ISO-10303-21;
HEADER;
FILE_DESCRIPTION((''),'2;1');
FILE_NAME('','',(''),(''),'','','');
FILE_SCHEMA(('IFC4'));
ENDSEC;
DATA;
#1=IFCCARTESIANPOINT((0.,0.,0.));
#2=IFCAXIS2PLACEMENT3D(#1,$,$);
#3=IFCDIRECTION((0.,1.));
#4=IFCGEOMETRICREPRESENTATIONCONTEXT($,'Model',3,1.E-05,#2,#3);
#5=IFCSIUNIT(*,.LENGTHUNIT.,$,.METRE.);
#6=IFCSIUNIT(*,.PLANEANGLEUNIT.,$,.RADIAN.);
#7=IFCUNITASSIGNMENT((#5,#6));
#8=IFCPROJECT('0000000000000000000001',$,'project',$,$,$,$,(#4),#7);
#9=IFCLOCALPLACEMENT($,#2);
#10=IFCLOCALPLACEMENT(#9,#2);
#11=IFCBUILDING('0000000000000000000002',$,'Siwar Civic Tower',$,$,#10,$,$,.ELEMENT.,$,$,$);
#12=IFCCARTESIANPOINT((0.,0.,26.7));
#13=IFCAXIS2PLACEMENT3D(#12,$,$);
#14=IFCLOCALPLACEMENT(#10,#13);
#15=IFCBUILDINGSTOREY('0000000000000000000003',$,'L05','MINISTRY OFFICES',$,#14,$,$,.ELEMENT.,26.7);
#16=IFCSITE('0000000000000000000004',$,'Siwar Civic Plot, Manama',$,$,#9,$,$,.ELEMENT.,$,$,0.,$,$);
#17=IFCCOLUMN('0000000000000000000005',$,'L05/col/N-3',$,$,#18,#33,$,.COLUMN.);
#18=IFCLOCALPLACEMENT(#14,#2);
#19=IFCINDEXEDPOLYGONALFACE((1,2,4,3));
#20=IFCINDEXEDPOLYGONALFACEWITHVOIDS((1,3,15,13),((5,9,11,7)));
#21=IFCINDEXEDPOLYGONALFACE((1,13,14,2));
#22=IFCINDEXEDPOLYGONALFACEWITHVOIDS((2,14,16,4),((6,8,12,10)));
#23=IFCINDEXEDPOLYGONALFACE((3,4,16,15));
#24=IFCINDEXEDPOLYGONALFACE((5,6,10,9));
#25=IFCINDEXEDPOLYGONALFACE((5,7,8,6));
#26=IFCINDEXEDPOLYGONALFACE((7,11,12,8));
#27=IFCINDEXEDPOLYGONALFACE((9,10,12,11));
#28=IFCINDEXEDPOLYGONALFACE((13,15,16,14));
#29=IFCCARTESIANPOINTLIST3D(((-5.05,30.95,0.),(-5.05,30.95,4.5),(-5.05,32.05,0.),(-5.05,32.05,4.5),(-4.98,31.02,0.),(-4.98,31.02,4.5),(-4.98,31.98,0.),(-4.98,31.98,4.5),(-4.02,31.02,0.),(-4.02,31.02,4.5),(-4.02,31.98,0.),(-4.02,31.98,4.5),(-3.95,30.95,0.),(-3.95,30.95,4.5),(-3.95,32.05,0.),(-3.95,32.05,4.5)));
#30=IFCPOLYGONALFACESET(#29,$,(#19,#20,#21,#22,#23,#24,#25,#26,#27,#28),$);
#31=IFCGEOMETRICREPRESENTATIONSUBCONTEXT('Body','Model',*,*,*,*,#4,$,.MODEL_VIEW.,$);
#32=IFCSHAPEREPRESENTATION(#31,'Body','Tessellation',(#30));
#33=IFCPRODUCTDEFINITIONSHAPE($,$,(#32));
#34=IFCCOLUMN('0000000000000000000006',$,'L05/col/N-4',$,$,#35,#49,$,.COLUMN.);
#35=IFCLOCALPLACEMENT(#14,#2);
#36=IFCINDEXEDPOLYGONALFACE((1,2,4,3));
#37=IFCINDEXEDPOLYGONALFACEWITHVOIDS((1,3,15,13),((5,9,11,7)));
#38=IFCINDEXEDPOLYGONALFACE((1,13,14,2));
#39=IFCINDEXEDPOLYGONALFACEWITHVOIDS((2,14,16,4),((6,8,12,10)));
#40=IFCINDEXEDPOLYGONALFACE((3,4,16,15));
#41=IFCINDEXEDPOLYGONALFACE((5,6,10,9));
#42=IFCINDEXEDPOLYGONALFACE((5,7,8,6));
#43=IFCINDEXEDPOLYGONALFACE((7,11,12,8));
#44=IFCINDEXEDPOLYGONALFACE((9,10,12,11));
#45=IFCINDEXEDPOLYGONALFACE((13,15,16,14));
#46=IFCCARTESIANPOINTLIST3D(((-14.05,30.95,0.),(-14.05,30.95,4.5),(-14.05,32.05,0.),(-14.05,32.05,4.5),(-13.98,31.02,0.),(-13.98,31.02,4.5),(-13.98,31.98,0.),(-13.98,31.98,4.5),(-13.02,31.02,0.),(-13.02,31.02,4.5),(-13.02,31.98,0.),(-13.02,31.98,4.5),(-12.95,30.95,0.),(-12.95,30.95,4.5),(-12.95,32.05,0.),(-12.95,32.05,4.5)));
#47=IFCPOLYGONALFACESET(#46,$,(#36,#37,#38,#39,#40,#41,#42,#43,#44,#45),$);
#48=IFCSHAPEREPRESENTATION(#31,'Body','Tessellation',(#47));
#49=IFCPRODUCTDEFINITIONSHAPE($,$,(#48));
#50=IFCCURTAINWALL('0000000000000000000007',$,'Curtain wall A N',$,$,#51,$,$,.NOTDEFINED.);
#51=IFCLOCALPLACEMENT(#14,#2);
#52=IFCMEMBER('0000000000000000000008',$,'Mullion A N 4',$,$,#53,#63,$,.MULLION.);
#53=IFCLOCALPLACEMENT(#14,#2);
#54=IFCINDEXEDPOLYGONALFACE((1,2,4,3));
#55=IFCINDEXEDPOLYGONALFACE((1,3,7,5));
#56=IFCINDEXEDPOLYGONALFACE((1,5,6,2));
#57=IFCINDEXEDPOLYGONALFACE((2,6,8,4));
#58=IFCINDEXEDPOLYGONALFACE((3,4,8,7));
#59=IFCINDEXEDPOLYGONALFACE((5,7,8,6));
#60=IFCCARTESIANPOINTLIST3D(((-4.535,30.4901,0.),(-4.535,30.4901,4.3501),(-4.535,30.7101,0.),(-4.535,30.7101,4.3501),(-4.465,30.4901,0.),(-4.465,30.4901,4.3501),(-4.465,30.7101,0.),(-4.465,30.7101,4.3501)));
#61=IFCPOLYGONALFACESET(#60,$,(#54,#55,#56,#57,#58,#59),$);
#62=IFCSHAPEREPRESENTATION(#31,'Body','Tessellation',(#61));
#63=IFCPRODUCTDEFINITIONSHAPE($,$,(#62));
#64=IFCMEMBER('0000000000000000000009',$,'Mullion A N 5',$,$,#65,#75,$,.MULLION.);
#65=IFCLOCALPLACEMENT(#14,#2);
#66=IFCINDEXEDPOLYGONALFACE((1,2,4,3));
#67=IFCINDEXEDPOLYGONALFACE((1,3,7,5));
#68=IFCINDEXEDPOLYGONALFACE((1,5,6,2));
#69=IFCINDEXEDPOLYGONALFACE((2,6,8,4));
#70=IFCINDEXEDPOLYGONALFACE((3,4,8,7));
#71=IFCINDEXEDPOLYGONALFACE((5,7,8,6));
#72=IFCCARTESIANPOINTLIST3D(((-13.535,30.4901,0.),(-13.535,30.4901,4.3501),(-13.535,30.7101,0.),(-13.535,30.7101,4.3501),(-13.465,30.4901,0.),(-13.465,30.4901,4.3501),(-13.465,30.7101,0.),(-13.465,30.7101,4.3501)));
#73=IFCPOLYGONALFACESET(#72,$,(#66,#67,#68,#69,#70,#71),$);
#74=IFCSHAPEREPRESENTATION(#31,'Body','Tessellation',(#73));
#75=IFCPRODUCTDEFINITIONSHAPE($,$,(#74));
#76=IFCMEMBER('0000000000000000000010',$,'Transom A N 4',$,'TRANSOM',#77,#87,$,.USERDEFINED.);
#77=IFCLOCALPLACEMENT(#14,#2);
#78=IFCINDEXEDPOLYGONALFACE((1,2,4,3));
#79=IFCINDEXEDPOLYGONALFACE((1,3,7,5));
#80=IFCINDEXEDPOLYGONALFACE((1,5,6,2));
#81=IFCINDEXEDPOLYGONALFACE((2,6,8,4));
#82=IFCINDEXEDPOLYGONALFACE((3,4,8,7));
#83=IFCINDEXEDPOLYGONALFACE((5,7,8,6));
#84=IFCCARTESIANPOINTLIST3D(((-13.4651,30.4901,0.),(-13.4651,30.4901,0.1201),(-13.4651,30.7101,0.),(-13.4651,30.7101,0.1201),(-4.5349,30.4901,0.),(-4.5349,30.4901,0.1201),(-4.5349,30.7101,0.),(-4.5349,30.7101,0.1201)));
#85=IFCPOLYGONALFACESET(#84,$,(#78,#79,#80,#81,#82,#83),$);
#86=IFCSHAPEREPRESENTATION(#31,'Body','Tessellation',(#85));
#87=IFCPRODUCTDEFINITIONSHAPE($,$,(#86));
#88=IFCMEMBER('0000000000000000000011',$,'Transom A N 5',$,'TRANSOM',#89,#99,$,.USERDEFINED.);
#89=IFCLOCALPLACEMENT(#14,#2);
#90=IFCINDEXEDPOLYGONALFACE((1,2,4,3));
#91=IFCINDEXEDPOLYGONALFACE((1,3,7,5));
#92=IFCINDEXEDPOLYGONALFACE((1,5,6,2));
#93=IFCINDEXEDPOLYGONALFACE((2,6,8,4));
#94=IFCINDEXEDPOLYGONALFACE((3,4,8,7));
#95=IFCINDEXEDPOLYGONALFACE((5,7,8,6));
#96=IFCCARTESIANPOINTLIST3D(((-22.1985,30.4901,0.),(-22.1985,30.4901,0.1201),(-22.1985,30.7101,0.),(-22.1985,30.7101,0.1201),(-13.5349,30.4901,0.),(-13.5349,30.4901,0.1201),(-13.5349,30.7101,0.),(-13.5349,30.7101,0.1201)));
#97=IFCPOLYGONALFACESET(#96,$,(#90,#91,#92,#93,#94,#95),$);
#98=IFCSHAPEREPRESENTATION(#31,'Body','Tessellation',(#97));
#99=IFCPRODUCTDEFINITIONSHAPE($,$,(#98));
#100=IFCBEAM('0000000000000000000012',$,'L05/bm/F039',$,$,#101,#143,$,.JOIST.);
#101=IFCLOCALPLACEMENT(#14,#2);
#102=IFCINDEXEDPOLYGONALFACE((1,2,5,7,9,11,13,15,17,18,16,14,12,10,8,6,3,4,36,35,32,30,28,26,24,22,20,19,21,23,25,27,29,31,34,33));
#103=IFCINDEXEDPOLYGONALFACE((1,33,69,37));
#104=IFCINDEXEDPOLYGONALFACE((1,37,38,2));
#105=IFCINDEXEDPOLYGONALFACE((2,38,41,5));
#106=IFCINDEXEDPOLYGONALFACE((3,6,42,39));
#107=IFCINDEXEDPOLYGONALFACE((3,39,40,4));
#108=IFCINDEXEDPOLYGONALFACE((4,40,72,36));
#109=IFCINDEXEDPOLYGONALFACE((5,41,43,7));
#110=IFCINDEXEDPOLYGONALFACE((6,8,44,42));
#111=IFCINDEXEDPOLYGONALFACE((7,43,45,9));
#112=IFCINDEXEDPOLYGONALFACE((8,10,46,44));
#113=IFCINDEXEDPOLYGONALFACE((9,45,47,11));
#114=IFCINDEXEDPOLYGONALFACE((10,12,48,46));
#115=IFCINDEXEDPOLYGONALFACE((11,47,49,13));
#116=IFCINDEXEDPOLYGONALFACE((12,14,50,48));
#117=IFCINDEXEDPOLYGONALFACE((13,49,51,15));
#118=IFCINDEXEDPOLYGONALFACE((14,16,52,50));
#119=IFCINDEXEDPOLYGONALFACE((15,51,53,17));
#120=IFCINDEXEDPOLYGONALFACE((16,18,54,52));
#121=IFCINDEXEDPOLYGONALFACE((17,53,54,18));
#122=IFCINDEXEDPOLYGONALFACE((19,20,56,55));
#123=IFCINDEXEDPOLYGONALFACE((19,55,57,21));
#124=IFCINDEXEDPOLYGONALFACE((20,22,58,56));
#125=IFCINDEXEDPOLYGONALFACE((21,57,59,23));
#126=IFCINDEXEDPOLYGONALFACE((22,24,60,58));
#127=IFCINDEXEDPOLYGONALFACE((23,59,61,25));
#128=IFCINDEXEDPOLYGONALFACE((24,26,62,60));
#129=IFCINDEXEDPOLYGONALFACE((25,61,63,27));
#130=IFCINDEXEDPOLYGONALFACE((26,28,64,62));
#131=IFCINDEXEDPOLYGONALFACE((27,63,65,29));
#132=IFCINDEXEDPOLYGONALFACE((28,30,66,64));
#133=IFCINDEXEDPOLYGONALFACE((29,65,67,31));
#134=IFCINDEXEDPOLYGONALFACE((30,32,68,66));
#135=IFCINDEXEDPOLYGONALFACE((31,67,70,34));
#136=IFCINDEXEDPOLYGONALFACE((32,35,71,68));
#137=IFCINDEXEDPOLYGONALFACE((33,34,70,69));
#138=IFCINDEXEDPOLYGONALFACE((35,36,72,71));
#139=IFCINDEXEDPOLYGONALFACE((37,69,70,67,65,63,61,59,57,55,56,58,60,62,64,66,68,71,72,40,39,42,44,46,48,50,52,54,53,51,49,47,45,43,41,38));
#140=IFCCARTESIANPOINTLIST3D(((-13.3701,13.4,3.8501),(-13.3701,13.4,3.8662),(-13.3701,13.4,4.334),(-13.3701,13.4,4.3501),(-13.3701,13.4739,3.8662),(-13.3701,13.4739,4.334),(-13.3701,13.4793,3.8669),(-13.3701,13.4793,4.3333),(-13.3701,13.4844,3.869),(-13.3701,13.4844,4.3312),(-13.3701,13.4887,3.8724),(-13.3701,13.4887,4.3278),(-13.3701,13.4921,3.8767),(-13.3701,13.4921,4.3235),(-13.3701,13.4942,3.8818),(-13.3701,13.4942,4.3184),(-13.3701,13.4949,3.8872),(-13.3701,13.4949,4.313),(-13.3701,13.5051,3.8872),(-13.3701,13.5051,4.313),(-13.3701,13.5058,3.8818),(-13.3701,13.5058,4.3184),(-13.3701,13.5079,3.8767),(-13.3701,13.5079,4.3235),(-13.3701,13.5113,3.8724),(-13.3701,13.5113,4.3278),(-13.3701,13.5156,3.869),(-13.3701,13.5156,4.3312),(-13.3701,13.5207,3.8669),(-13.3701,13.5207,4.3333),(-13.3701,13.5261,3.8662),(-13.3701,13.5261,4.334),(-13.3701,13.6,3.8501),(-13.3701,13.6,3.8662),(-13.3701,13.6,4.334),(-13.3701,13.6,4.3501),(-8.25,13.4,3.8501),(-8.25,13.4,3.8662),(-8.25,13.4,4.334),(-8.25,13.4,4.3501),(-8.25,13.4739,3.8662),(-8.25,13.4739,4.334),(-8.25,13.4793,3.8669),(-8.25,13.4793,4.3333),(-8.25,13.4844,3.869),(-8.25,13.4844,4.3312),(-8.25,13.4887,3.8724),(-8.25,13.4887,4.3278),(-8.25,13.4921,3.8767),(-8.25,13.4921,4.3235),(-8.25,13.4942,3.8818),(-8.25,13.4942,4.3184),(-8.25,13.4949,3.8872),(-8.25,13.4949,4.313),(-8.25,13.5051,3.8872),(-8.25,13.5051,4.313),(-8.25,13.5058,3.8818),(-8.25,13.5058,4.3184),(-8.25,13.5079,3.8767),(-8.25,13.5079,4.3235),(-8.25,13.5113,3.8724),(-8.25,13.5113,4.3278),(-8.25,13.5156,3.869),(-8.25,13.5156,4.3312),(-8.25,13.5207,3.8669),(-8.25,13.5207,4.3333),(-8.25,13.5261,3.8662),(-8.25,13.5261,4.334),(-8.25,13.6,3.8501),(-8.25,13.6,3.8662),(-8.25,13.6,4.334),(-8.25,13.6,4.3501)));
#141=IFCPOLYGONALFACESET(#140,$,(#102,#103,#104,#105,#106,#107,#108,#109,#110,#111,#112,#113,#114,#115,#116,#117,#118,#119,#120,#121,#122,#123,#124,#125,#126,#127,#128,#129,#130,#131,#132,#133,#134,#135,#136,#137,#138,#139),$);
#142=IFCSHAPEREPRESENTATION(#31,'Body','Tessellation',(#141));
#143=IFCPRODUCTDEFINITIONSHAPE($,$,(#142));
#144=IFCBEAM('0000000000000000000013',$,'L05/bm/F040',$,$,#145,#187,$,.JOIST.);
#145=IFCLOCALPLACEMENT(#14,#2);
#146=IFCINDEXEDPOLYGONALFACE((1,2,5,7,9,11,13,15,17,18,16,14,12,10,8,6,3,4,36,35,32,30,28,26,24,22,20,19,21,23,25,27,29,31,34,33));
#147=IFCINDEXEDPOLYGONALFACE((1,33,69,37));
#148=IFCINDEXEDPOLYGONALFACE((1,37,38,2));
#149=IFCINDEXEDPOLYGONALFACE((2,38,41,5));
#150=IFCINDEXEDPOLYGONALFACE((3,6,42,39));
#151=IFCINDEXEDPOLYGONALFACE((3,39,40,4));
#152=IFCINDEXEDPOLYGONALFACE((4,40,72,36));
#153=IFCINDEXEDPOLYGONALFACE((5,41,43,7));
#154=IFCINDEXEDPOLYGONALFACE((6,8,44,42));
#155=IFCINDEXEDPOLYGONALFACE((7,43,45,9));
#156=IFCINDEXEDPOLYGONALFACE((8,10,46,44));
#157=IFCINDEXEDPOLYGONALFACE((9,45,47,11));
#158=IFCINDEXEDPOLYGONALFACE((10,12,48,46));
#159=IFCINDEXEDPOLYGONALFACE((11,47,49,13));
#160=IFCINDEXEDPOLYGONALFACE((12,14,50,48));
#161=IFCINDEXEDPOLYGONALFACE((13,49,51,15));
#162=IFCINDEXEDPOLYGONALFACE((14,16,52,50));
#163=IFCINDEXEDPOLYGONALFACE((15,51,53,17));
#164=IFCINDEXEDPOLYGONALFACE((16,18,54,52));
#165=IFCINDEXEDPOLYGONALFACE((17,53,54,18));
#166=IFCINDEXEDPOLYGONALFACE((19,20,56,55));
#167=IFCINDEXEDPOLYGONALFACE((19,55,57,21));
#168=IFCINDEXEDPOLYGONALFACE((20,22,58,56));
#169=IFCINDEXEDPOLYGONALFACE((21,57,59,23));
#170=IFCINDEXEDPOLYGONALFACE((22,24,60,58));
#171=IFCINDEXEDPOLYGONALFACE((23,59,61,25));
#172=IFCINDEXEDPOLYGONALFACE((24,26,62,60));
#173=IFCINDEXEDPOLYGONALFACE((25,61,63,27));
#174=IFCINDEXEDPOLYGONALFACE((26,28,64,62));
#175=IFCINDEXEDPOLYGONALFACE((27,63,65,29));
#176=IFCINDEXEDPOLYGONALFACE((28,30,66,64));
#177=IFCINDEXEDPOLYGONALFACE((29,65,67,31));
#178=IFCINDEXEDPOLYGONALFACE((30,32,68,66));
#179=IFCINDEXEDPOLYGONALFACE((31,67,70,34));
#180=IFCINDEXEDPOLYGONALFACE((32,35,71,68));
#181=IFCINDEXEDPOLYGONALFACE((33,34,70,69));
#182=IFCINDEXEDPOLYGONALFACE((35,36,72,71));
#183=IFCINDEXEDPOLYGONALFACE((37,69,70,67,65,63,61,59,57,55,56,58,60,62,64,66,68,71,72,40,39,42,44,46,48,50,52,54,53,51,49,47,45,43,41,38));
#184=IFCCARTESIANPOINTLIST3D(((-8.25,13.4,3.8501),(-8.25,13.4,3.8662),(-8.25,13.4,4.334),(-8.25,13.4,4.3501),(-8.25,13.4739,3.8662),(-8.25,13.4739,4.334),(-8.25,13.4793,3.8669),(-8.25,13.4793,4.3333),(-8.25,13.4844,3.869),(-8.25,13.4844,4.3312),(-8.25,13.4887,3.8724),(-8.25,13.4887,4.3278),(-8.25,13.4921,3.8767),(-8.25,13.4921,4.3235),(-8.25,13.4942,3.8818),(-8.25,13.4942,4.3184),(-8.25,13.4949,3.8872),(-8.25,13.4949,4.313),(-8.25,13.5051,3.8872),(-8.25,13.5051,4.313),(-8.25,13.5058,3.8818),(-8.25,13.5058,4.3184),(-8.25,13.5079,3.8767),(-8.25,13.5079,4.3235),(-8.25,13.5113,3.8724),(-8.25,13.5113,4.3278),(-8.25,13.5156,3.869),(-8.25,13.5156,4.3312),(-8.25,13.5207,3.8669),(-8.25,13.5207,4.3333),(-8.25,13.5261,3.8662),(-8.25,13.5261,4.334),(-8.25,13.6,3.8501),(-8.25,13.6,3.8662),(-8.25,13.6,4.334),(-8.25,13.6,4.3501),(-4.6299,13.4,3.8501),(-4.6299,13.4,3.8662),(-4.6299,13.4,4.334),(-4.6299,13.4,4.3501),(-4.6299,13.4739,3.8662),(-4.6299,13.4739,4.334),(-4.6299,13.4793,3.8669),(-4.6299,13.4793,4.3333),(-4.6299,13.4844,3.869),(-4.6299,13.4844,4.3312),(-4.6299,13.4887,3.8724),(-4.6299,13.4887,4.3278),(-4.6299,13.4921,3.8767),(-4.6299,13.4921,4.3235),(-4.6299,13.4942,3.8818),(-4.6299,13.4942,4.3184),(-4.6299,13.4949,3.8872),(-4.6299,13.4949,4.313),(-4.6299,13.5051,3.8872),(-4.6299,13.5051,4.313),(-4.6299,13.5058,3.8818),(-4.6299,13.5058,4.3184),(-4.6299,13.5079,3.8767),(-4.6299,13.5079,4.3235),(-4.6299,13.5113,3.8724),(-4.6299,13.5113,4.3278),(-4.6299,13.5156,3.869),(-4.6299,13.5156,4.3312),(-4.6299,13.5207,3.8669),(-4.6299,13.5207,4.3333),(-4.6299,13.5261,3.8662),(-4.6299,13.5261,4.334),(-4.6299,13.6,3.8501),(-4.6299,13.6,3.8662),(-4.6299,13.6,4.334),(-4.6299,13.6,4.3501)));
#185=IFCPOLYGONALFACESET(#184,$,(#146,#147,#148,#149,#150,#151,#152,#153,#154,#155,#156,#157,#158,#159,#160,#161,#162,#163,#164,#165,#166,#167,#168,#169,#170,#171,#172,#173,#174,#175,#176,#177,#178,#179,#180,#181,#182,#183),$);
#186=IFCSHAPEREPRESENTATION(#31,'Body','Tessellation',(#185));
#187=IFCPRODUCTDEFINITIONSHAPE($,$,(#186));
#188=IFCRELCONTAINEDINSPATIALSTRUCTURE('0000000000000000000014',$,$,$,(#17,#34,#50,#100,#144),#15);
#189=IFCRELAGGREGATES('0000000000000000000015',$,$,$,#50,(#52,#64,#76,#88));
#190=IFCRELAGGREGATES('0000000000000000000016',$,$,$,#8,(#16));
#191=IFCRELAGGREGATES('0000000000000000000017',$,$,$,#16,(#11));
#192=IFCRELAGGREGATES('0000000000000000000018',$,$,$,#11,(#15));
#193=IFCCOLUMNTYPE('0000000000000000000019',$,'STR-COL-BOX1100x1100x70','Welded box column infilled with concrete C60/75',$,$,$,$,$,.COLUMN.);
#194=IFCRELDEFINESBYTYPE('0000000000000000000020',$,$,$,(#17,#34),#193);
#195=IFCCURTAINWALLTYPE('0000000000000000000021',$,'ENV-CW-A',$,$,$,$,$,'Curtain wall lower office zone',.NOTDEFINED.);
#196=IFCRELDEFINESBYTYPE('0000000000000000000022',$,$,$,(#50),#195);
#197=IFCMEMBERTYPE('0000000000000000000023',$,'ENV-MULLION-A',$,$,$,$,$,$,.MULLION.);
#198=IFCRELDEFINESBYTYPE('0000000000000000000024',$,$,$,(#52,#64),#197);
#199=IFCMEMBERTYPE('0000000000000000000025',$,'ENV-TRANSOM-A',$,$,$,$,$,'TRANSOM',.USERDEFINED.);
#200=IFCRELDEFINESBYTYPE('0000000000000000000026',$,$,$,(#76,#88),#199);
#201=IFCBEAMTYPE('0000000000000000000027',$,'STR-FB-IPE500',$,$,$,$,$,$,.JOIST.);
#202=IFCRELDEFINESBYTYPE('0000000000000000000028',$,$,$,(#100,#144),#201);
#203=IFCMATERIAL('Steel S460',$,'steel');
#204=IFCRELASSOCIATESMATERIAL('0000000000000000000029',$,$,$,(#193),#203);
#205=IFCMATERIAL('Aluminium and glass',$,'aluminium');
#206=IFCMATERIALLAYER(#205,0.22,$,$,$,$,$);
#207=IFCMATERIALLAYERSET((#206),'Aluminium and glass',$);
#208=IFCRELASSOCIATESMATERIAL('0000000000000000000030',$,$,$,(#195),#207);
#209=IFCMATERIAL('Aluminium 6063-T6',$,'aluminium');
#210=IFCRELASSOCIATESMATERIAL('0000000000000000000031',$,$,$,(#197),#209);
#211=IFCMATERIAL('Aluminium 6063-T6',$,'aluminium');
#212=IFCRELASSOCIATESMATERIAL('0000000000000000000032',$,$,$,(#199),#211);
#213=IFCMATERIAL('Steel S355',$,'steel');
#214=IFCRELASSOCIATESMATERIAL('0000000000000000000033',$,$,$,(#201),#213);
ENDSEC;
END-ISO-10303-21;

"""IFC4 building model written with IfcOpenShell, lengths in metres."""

from ifc_helpers import new_model, si_unit, direction, frame, origin, origin_2d, place, context, subcontext, project, spatial, rectangle, hollow_rectangle, i_section, extrude, material, layer, layer_set, material_profile, profile_set, type_object, element, aggregate, save


model = new_model("IFC4")

# Units and contexts
model_context = context("Model", 3, precision=1e-05, world=origin(), true_north=direction((0.0, 1.0)))
body_context = subcontext(model_context, "Body", "Model", "MODEL_VIEW")
ifc_project = project(units=[si_unit("LENGTHUNIT", "METRE"), si_unit("PLANEANGLEUNIT", "RADIAN")], contexts=[model_context])

# Site, building, storey
site_placement = place(None, origin())
site = spatial("IfcSite", under=ifc_project, at=site_placement, Name="Siwar Civic Plot, Manama", CompositionType="ELEMENT", RefElevation=0.0)
building_placement = place(site_placement, origin())
building = spatial("IfcBuilding", under=site, at=building_placement, Name="Siwar Civic Tower", CompositionType="ELEMENT")
storey_placement = place(building_placement, frame((0.0, 0.0, 26.7)))
storey = spatial("IfcBuildingStorey", under=building, at=storey_placement, Name="L05", Description="MINISTRY OFFICES", CompositionType="ELEMENT", Elevation=26.7)

# Columns
ifc_material_1 = material(Name="Steel S460", Category="steel")
ifc_material_profile_1 = material_profile(ifc_material_1, hollow_rectangle(XDim=1.1001, YDim=1.1001, WallThickness=0.0701, at=origin_2d()), Name="BOX1100x1100x70")
ifc_profile_set_1 = profile_set([ifc_material_profile_1], Name="Steel S460")
column_type = type_object("IfcColumnType", Name="STR-COL-BOX1100x1100x70", Description="Welded box column infilled with concrete C60/75", PredefinedType="COLUMN", material=ifc_profile_set_1)
for number, where, z_axis, x_axis, name in (
    (1, (-4.5, 31.5, 0.0), (0.0, 0.0, 1.0), (1.0, 0.0, 0.0), "L05/col/N-3"),
    (2, (-13.5, 31.5, 0.0), (0.0, 0.0, 1.0), (1.0, 0.0, 0.0), "L05/col/N-4"),
):
    element("IfcColumn", number, at=place(storey_placement, frame(where, z_axis=z_axis, x_axis=x_axis)), inside=storey, type_object=column_type, Name=name, PredefinedType="COLUMN", context=body_context, shape_type="SweptSolid", body=[
        extrude(hollow_rectangle(XDim=1.1001, YDim=1.1001, WallThickness=0.0701, at=origin_2d()), origin(), (0.0, 0.0, 1.0), 4.5),
    ])

# Curtain wall, members
ifc_material_2 = material(Name="Aluminium and glass", Category="aluminium")
ifc_layer_1 = layer(ifc_material_2, 0.22)
ifc_layer_set_1 = layer_set([ifc_layer_1], Name="Aluminium and glass")
curtain_wall_type = type_object("IfcCurtainWallType", Name="ENV-CW-A", ElementType="Curtain wall lower office zone", PredefinedType="NOTDEFINED", material=ifc_layer_set_1)
curtain_wall_placement = place(storey_placement, origin())
curtain_wall = element("IfcCurtainWall", 3, at=curtain_wall_placement, inside=storey, type_object=curtain_wall_type, Name="Curtain wall A N", PredefinedType="NOTDEFINED")
ifc_material_3 = material(Name="Aluminium 6063-T6", Category="aluminium")
ifc_material_profile_2 = material_profile(ifc_material_3, rectangle(XDim=0.22, YDim=0.0701, at=origin_2d()), Name="AL 220x70")
ifc_profile_set_2 = profile_set([ifc_material_profile_2], Name="Aluminium 6063-T6")
member_type_1 = type_object("IfcMemberType", Name="ENV-MULLION-A", PredefinedType="MULLION", material=ifc_profile_set_2)
member_1_placement = place(storey_placement, frame((-4.5, 30.6001, 0.0), z_axis=(0.0, 0.0, 1.0), x_axis=(0.0, -1.0, 0.0)))
member_1 = element("IfcMember", 4, at=member_1_placement, type_object=member_type_1, Name="Mullion A N 4", PredefinedType="MULLION", context=body_context, shape_type="SweptSolid", body=[
    extrude(rectangle(XDim=0.22, YDim=0.0701, at=origin_2d()), origin(), (0.0, 0.0, 1.0), 4.3501),
])
member_2_placement = place(storey_placement, frame((-13.5, 30.6001, 0.0), z_axis=(0.0, 0.0, 1.0), x_axis=(0.0, -1.0, 0.0)))
member_2 = element("IfcMember", 5, at=member_2_placement, type_object=member_type_1, Name="Mullion A N 5", PredefinedType="MULLION", context=body_context, shape_type="SweptSolid", body=[
    extrude(rectangle(XDim=0.22, YDim=0.0701, at=origin_2d()), origin(), (0.0, 0.0, 1.0), 4.3501),
])
ifc_material_4 = material(Name="Aluminium 6063-T6", Category="aluminium")
ifc_material_profile_3 = material_profile(ifc_material_4, rectangle(XDim=0.22, YDim=0.1201, at=origin_2d()), Name="AL 220x120")
ifc_profile_set_3 = profile_set([ifc_material_profile_3], Name="Aluminium 6063-T6")
member_type_2 = type_object("IfcMemberType", Name="ENV-TRANSOM-A", ElementType="TRANSOM", PredefinedType="USERDEFINED", material=ifc_profile_set_3)
member_3_placement = place(storey_placement, frame((-4.5349, 30.6001, 0.0601), z_axis=(-1.0, 0.0, 0.0), x_axis=(0.0, -1.0, 0.0)))
member_3 = element("IfcMember", 6, at=member_3_placement, type_object=member_type_2, Name="Transom A N 4", ObjectType="TRANSOM", PredefinedType="USERDEFINED", context=body_context, shape_type="SweptSolid", body=[
    extrude(rectangle(XDim=0.22, YDim=0.1201, at=origin_2d()), origin(), (0.0, 0.0, 1.0), 8.9302),
])
member_4_placement = place(storey_placement, frame((-13.5349, 30.6001, 0.0601), z_axis=(-1.0, 0.0, 0.0), x_axis=(0.0, -1.0, 0.0)))
member_4 = element("IfcMember", 7, at=member_4_placement, type_object=member_type_2, Name="Transom A N 5", ObjectType="TRANSOM", PredefinedType="USERDEFINED", context=body_context, shape_type="SweptSolid", body=[
    extrude(rectangle(XDim=0.22, YDim=0.1201, at=origin_2d()), origin(), (0.0, 0.0, 1.0), 8.6636),
])

# Beams
ifc_material_5 = material(Name="Steel S355", Category="steel")
ifc_material_profile_4 = material_profile(ifc_material_5, i_section(OverallWidth=0.2, OverallDepth=0.5, WebThickness=0.0103, FlangeThickness=0.0161, FilletRadius=0.021, at=origin_2d()), Name="IPE500")
ifc_profile_set_4 = profile_set([ifc_material_profile_4], Name="Steel S355")
beam_type_1 = type_object("IfcBeamType", Name="STR-FB-IPE500", PredefinedType="JOIST", material=ifc_profile_set_4)
beam_1_placement = place(storey_placement, frame((-13.3701, 13.5, 4.1001), z_axis=(1.0, 0.0, 0.0), x_axis=(0.0, 1.0, 0.0)))
element("IfcBeam", 8, at=beam_1_placement, inside=storey, type_object=beam_type_1, Name="L05/bm/F039", PredefinedType="JOIST", context=body_context, shape_type="SweptSolid", body=[
    extrude(i_section(OverallWidth=0.2, OverallDepth=0.5, WebThickness=0.0103, FlangeThickness=0.0161, FilletRadius=0.021, at=origin_2d()), origin(), (0.0, 0.0, 1.0), 5.1201),
])
beam_2_placement = place(storey_placement, frame((-8.25, 13.5, 4.1001), z_axis=(1.0, 0.0, 0.0), x_axis=(0.0, 1.0, 0.0)))
element("IfcBeam", 9, at=beam_2_placement, inside=storey, type_object=beam_type_1, Name="L05/bm/F040", PredefinedType="JOIST", context=body_context, shape_type="SweptSolid", body=[
    extrude(i_section(OverallWidth=0.2, OverallDepth=0.5, WebThickness=0.0103, FlangeThickness=0.0161, FilletRadius=0.021, at=origin_2d()), origin(), (0.0, 0.0, 1.0), 3.6201),
])

aggregate(curtain_wall, [member_1, member_2, member_3, member_4])

save(model, "model.ifc")
